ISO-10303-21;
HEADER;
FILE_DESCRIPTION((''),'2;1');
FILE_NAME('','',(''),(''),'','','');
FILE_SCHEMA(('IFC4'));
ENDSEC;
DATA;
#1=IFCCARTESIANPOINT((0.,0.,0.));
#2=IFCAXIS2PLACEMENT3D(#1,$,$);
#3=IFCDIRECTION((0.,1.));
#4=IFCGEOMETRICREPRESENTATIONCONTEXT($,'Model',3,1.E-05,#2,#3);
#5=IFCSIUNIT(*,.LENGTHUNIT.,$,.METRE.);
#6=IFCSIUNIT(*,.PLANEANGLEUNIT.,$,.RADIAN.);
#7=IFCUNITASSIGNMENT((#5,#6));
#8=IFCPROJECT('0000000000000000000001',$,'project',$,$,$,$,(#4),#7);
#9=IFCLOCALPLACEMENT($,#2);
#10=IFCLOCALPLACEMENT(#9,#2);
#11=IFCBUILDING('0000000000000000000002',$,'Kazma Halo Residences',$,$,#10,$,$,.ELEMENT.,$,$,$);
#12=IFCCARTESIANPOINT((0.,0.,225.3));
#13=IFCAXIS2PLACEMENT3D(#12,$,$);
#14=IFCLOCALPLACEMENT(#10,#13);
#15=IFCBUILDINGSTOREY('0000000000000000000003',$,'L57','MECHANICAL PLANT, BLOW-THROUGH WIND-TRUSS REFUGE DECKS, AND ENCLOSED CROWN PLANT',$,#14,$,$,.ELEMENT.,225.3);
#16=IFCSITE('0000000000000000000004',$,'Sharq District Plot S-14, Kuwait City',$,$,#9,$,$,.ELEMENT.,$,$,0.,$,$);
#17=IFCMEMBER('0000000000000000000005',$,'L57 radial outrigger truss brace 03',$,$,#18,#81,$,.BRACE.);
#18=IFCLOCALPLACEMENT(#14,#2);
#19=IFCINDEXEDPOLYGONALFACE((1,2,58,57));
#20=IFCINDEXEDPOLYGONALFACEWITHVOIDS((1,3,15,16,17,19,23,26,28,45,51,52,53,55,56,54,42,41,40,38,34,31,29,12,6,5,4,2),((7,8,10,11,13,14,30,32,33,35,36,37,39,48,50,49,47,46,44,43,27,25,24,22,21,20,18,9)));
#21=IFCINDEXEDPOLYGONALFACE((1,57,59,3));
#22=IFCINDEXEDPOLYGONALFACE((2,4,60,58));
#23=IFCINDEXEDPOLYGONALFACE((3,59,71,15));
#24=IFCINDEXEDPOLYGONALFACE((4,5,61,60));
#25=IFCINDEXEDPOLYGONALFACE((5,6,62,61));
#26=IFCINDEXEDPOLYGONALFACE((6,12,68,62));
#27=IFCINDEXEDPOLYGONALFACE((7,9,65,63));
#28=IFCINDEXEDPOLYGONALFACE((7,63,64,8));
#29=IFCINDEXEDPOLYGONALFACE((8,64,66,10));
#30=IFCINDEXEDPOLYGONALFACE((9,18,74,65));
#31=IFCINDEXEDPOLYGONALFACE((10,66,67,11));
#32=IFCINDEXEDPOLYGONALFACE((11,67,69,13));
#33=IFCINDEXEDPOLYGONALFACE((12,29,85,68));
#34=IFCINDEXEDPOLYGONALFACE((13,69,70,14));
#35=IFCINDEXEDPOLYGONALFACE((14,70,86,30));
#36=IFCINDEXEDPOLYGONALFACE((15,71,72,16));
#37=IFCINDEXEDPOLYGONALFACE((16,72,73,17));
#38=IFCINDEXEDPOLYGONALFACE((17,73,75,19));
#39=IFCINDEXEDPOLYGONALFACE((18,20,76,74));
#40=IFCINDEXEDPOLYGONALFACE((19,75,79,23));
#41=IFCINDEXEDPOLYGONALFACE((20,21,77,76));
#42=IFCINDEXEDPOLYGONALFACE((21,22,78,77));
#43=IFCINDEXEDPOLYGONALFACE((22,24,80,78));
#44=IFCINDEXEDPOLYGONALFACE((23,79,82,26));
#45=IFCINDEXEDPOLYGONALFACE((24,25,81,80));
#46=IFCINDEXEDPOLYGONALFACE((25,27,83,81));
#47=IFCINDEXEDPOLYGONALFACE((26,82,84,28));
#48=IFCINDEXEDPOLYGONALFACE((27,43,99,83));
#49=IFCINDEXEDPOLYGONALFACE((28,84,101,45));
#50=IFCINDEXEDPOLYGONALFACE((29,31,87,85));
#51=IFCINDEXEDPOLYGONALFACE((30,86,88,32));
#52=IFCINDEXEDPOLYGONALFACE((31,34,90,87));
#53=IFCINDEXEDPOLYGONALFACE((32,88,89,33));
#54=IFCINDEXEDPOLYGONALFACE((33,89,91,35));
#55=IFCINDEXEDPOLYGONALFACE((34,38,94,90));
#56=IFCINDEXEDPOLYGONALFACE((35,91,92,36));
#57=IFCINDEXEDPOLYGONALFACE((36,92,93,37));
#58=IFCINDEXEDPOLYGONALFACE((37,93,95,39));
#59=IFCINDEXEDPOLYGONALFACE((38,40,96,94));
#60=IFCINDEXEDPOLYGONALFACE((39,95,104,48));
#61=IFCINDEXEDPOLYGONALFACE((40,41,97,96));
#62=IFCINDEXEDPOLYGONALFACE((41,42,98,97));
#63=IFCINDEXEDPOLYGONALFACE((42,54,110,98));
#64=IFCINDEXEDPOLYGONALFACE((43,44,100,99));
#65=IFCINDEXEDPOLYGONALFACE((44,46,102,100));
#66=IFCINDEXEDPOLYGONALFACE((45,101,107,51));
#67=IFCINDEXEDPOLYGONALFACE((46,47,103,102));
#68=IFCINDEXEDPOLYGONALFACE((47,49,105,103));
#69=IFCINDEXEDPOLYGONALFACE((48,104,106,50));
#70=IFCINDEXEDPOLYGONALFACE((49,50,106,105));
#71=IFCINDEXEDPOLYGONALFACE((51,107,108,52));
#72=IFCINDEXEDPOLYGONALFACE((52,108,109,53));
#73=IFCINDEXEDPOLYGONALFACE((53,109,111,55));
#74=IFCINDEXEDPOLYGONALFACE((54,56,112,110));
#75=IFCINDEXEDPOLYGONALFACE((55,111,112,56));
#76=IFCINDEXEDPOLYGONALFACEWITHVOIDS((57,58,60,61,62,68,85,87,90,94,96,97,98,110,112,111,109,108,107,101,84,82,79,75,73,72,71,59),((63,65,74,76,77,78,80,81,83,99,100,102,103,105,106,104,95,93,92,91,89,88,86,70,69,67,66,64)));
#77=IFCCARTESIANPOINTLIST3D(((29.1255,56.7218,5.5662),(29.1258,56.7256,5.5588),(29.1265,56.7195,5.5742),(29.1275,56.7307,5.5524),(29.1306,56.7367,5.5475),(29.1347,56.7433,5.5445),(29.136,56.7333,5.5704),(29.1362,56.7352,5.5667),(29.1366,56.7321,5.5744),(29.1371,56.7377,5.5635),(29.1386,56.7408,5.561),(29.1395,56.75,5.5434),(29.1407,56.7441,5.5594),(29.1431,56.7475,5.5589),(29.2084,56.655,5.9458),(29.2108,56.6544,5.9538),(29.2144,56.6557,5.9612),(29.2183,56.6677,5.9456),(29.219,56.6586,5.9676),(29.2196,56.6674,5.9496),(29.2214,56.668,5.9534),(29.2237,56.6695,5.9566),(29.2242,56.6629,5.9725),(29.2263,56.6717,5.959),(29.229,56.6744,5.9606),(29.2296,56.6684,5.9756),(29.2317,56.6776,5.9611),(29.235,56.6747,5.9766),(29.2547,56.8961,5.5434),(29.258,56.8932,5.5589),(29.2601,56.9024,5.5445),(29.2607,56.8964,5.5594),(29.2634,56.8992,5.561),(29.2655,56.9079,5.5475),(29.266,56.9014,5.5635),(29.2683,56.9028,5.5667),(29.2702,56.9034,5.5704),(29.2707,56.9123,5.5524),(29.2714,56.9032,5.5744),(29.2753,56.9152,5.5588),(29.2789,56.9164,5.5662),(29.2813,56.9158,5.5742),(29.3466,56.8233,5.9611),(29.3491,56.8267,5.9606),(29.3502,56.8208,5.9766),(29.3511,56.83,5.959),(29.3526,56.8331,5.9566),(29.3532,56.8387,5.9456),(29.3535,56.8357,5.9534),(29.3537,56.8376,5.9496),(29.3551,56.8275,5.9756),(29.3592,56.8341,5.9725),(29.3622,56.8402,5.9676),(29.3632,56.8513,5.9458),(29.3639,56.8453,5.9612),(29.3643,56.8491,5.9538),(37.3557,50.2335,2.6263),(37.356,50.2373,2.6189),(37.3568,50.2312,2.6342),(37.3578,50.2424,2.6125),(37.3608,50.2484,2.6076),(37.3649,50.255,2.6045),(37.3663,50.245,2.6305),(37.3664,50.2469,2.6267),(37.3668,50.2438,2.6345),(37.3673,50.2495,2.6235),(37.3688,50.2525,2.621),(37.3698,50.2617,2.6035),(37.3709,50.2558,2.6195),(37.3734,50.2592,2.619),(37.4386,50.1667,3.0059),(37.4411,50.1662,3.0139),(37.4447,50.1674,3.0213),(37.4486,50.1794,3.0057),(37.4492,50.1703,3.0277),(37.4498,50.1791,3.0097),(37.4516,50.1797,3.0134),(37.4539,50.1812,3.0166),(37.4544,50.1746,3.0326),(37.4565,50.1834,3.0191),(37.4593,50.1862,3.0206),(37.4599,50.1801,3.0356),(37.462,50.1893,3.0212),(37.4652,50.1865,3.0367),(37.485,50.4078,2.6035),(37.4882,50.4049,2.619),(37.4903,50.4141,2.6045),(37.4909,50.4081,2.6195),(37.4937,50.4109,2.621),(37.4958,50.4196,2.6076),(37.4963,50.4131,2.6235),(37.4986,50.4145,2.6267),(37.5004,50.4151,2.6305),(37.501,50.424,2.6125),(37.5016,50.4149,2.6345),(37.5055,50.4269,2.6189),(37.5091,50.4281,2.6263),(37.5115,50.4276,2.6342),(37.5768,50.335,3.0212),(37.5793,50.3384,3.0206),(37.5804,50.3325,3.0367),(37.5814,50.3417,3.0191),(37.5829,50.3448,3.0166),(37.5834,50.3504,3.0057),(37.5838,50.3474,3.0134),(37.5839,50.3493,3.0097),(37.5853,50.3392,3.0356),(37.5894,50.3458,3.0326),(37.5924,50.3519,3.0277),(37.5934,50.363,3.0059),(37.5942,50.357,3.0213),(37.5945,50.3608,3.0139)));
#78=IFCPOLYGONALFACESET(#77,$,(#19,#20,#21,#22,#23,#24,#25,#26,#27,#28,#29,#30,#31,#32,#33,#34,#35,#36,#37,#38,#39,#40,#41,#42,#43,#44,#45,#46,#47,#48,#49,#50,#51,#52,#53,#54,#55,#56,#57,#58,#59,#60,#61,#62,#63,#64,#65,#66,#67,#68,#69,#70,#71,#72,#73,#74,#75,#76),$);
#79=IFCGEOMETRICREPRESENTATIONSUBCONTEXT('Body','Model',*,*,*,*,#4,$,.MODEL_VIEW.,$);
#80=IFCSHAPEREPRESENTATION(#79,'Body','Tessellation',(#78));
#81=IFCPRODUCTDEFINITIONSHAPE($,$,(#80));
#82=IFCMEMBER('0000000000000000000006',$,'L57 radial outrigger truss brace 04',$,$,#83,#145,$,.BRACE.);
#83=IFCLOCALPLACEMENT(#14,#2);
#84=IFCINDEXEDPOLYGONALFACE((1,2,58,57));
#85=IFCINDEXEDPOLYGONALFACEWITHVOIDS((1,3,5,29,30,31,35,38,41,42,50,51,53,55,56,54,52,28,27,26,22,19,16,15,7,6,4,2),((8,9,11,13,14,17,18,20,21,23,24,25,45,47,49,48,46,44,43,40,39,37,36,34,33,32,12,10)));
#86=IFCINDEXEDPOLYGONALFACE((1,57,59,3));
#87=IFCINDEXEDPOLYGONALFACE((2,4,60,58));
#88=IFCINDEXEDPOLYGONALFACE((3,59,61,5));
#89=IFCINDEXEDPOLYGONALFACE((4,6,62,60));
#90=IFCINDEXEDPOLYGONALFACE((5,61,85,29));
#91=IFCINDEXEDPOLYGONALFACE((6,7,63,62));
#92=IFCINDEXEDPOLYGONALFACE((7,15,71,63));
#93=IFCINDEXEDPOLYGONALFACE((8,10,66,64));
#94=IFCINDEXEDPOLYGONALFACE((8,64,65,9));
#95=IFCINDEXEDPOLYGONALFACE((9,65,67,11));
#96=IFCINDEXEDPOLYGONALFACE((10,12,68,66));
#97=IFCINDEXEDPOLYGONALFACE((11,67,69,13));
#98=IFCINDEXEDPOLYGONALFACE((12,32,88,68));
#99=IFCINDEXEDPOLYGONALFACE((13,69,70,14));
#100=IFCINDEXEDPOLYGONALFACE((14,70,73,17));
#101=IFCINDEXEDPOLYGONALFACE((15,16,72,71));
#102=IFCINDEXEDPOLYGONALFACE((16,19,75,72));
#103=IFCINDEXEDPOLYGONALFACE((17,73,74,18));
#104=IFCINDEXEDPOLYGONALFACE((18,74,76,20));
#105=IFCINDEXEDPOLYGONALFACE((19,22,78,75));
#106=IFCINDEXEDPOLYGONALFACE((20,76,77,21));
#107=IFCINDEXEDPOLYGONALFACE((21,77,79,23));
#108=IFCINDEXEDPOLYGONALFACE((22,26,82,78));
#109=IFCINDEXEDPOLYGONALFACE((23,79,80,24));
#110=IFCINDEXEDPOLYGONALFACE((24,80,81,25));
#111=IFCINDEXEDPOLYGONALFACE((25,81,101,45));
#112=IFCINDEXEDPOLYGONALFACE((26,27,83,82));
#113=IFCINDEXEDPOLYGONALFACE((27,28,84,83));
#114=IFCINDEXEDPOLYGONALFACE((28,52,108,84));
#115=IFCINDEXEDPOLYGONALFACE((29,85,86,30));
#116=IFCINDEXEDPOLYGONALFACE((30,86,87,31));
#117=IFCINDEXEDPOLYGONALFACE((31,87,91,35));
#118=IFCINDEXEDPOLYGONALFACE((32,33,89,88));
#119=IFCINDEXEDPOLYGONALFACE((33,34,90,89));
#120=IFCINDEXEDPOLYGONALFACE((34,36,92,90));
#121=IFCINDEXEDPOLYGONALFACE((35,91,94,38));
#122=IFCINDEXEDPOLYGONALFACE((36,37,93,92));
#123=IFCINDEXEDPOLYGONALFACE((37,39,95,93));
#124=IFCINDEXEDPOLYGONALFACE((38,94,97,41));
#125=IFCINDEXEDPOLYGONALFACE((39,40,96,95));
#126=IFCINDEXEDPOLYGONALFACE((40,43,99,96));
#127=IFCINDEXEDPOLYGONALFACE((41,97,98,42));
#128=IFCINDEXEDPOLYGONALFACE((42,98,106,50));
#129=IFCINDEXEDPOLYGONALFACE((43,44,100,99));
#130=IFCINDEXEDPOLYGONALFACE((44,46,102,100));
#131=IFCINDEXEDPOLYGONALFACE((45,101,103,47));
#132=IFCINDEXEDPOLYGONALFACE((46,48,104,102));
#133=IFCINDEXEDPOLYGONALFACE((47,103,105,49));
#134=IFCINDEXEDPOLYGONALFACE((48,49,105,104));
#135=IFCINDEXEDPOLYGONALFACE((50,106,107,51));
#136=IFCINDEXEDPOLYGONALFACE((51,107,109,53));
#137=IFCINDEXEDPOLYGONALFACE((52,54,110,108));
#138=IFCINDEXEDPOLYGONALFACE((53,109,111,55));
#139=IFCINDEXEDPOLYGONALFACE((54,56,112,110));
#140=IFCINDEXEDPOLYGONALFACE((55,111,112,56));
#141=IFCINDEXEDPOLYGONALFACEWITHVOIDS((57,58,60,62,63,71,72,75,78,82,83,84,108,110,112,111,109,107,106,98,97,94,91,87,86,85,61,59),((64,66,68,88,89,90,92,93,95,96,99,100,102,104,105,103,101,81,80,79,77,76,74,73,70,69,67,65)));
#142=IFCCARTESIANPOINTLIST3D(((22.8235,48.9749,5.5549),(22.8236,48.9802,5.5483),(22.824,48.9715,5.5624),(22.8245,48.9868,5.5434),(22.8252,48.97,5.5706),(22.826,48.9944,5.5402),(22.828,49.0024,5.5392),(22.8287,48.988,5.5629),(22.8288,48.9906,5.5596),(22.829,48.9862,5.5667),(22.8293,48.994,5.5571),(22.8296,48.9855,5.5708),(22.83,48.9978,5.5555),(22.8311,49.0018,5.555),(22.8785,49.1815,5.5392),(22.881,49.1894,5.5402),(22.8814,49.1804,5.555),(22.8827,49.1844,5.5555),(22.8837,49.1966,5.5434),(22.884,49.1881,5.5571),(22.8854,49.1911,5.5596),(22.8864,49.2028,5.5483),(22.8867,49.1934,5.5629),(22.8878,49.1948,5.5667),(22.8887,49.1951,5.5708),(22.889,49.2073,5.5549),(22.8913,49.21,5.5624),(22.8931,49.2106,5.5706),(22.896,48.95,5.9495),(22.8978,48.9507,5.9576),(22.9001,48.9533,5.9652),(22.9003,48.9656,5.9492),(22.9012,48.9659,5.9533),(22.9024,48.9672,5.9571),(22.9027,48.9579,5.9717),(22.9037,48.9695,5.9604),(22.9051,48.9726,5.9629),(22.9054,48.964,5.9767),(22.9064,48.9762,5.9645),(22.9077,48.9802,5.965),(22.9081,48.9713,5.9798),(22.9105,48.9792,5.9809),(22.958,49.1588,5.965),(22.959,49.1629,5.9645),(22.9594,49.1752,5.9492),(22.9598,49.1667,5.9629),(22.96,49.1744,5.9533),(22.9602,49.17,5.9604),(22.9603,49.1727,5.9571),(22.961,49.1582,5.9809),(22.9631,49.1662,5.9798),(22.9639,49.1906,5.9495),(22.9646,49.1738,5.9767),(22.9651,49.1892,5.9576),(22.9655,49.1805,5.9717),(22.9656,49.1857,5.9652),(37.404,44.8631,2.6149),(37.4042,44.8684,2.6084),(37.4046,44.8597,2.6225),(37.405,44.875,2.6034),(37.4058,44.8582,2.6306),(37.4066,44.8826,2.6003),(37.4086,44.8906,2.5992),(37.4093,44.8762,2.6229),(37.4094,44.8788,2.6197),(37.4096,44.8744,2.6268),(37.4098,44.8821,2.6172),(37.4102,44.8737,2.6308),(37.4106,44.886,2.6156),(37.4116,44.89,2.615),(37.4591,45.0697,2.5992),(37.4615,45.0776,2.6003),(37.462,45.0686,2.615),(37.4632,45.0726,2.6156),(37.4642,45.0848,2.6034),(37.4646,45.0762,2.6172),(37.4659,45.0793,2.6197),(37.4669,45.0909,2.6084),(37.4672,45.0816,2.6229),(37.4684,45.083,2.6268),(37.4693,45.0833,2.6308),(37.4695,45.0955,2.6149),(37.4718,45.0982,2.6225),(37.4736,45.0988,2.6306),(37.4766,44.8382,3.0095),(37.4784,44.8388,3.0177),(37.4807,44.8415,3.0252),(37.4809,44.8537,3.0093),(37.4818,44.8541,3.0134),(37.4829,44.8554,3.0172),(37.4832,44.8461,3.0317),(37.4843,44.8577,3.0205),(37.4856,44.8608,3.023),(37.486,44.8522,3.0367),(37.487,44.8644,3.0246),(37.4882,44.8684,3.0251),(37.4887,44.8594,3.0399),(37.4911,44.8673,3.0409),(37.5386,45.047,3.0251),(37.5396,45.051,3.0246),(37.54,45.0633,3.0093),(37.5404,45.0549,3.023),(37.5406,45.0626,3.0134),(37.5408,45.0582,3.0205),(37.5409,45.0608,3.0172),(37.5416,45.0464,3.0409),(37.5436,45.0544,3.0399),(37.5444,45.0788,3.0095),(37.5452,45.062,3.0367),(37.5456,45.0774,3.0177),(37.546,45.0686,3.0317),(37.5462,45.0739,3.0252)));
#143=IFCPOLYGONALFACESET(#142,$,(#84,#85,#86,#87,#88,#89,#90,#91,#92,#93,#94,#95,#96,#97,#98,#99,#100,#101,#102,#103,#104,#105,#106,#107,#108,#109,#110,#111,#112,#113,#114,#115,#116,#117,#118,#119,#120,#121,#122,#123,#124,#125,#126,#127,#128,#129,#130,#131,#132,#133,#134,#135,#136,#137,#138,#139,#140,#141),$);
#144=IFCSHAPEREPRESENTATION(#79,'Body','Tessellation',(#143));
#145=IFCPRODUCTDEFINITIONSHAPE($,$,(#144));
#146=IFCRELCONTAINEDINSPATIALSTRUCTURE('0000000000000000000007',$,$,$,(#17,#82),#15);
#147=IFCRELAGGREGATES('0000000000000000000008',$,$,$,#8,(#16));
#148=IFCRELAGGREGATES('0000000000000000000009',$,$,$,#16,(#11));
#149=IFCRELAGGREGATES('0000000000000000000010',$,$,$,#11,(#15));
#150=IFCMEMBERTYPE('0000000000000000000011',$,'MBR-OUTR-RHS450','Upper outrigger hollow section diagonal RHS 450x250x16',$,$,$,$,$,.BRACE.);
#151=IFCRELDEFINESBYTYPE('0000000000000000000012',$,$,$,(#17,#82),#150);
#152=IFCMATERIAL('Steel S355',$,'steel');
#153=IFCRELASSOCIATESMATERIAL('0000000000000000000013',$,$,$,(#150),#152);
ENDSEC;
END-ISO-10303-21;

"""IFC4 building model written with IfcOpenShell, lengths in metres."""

from ifc_helpers import new_model, si_unit, direction, frame, origin, origin_2d, place, context, subcontext, project, spatial, hollow_rectangle, extrude, material, material_profile, profile_set, type_object, element, save


model = new_model("IFC4")

# Units and contexts
model_context = context("Model", 3, precision=1e-05, world=origin(), true_north=direction((0.0, 1.0)))
body_context = subcontext(model_context, "Body", "Model", "MODEL_VIEW")
ifc_project = project(units=[si_unit("LENGTHUNIT", "METRE"), si_unit("PLANEANGLEUNIT", "RADIAN")], contexts=[model_context])

# Site, building, storey
site_placement = place(None, origin())
site = spatial("IfcSite", under=ifc_project, at=site_placement, Name="Sharq District Plot S-14, Kuwait City", CompositionType="ELEMENT", RefElevation=0.0)
building_placement = place(site_placement, origin())
building = spatial("IfcBuilding", under=site, at=building_placement, Name="Kazma Halo Residences", CompositionType="ELEMENT")
storey_placement = place(building_placement, frame((0.0, 0.0, 225.3)))
storey = spatial("IfcBuildingStorey", under=building, at=storey_placement, Name="L57", Description="MECHANICAL PLANT, BLOW-THROUGH WIND-TRUSS REFUGE DECKS, AND ENCLOSED CROWN PLANT", CompositionType="ELEMENT", Elevation=225.3)

# Shared definitions
ifc_material_1 = material(Name="Steel S355", Category="steel")

# Members
ifc_material_profile_1 = material_profile(ifc_material_1, hollow_rectangle(XDim=0.25, YDim=0.45, WallThickness=0.0161, InnerFilletRadius=0.0161, OuterFilletRadius=0.032, at=origin_2d()), Name="RHS450x250x16")
ifc_profile_set_1 = profile_set([ifc_material_profile_1], Name="Steel S355")
member_type_1 = type_object("IfcMemberType", Name="MBR-OUTR-RHS450", Description="Upper outrigger hollow section diagonal RHS 450x250x16", PredefinedType="BRACE", material=ifc_profile_set_1)
member_1_placement = place(storey_placement, frame((37.4751, 50.2971, 2.8201), z_axis=(-0.756125, 0.596089, 0.270097), x_axis=(-0.6191, -0.785313, 0.0)))
element("IfcMember", 1, at=member_1_placement, inside=storey, type_object=member_type_1, Name="L57 radial outrigger truss brace 03", PredefinedType="BRACE", context=body_context, shape_type="SweptSolid", body=[
    extrude(hollow_rectangle(XDim=0.25, YDim=0.45, WallThickness=0.0161, InnerFilletRadius=0.0161, OuterFilletRadius=0.032, at=origin_2d()), origin(), (0.0, 0.0, 1.0), 10.8848),
])
member_2_placement = place(storey_placement, frame((37.4751, 44.9685, 2.8201), z_axis=(-0.944834, 0.266449, 0.190511), x_axis=(-0.27142, -0.962461, 0.0)))
element("IfcMember", 2, at=member_2_placement, inside=storey, type_object=member_type_1, Name="L57 radial outrigger truss brace 04", PredefinedType="BRACE", context=body_context, shape_type="SweptSolid", body=[
    extrude(hollow_rectangle(XDim=0.25, YDim=0.45, WallThickness=0.0161, InnerFilletRadius=0.0161, OuterFilletRadius=0.032, at=origin_2d()), origin(), (0.0, 0.0, 1.0), 15.4319),
])

save(model, "model.ifc")
